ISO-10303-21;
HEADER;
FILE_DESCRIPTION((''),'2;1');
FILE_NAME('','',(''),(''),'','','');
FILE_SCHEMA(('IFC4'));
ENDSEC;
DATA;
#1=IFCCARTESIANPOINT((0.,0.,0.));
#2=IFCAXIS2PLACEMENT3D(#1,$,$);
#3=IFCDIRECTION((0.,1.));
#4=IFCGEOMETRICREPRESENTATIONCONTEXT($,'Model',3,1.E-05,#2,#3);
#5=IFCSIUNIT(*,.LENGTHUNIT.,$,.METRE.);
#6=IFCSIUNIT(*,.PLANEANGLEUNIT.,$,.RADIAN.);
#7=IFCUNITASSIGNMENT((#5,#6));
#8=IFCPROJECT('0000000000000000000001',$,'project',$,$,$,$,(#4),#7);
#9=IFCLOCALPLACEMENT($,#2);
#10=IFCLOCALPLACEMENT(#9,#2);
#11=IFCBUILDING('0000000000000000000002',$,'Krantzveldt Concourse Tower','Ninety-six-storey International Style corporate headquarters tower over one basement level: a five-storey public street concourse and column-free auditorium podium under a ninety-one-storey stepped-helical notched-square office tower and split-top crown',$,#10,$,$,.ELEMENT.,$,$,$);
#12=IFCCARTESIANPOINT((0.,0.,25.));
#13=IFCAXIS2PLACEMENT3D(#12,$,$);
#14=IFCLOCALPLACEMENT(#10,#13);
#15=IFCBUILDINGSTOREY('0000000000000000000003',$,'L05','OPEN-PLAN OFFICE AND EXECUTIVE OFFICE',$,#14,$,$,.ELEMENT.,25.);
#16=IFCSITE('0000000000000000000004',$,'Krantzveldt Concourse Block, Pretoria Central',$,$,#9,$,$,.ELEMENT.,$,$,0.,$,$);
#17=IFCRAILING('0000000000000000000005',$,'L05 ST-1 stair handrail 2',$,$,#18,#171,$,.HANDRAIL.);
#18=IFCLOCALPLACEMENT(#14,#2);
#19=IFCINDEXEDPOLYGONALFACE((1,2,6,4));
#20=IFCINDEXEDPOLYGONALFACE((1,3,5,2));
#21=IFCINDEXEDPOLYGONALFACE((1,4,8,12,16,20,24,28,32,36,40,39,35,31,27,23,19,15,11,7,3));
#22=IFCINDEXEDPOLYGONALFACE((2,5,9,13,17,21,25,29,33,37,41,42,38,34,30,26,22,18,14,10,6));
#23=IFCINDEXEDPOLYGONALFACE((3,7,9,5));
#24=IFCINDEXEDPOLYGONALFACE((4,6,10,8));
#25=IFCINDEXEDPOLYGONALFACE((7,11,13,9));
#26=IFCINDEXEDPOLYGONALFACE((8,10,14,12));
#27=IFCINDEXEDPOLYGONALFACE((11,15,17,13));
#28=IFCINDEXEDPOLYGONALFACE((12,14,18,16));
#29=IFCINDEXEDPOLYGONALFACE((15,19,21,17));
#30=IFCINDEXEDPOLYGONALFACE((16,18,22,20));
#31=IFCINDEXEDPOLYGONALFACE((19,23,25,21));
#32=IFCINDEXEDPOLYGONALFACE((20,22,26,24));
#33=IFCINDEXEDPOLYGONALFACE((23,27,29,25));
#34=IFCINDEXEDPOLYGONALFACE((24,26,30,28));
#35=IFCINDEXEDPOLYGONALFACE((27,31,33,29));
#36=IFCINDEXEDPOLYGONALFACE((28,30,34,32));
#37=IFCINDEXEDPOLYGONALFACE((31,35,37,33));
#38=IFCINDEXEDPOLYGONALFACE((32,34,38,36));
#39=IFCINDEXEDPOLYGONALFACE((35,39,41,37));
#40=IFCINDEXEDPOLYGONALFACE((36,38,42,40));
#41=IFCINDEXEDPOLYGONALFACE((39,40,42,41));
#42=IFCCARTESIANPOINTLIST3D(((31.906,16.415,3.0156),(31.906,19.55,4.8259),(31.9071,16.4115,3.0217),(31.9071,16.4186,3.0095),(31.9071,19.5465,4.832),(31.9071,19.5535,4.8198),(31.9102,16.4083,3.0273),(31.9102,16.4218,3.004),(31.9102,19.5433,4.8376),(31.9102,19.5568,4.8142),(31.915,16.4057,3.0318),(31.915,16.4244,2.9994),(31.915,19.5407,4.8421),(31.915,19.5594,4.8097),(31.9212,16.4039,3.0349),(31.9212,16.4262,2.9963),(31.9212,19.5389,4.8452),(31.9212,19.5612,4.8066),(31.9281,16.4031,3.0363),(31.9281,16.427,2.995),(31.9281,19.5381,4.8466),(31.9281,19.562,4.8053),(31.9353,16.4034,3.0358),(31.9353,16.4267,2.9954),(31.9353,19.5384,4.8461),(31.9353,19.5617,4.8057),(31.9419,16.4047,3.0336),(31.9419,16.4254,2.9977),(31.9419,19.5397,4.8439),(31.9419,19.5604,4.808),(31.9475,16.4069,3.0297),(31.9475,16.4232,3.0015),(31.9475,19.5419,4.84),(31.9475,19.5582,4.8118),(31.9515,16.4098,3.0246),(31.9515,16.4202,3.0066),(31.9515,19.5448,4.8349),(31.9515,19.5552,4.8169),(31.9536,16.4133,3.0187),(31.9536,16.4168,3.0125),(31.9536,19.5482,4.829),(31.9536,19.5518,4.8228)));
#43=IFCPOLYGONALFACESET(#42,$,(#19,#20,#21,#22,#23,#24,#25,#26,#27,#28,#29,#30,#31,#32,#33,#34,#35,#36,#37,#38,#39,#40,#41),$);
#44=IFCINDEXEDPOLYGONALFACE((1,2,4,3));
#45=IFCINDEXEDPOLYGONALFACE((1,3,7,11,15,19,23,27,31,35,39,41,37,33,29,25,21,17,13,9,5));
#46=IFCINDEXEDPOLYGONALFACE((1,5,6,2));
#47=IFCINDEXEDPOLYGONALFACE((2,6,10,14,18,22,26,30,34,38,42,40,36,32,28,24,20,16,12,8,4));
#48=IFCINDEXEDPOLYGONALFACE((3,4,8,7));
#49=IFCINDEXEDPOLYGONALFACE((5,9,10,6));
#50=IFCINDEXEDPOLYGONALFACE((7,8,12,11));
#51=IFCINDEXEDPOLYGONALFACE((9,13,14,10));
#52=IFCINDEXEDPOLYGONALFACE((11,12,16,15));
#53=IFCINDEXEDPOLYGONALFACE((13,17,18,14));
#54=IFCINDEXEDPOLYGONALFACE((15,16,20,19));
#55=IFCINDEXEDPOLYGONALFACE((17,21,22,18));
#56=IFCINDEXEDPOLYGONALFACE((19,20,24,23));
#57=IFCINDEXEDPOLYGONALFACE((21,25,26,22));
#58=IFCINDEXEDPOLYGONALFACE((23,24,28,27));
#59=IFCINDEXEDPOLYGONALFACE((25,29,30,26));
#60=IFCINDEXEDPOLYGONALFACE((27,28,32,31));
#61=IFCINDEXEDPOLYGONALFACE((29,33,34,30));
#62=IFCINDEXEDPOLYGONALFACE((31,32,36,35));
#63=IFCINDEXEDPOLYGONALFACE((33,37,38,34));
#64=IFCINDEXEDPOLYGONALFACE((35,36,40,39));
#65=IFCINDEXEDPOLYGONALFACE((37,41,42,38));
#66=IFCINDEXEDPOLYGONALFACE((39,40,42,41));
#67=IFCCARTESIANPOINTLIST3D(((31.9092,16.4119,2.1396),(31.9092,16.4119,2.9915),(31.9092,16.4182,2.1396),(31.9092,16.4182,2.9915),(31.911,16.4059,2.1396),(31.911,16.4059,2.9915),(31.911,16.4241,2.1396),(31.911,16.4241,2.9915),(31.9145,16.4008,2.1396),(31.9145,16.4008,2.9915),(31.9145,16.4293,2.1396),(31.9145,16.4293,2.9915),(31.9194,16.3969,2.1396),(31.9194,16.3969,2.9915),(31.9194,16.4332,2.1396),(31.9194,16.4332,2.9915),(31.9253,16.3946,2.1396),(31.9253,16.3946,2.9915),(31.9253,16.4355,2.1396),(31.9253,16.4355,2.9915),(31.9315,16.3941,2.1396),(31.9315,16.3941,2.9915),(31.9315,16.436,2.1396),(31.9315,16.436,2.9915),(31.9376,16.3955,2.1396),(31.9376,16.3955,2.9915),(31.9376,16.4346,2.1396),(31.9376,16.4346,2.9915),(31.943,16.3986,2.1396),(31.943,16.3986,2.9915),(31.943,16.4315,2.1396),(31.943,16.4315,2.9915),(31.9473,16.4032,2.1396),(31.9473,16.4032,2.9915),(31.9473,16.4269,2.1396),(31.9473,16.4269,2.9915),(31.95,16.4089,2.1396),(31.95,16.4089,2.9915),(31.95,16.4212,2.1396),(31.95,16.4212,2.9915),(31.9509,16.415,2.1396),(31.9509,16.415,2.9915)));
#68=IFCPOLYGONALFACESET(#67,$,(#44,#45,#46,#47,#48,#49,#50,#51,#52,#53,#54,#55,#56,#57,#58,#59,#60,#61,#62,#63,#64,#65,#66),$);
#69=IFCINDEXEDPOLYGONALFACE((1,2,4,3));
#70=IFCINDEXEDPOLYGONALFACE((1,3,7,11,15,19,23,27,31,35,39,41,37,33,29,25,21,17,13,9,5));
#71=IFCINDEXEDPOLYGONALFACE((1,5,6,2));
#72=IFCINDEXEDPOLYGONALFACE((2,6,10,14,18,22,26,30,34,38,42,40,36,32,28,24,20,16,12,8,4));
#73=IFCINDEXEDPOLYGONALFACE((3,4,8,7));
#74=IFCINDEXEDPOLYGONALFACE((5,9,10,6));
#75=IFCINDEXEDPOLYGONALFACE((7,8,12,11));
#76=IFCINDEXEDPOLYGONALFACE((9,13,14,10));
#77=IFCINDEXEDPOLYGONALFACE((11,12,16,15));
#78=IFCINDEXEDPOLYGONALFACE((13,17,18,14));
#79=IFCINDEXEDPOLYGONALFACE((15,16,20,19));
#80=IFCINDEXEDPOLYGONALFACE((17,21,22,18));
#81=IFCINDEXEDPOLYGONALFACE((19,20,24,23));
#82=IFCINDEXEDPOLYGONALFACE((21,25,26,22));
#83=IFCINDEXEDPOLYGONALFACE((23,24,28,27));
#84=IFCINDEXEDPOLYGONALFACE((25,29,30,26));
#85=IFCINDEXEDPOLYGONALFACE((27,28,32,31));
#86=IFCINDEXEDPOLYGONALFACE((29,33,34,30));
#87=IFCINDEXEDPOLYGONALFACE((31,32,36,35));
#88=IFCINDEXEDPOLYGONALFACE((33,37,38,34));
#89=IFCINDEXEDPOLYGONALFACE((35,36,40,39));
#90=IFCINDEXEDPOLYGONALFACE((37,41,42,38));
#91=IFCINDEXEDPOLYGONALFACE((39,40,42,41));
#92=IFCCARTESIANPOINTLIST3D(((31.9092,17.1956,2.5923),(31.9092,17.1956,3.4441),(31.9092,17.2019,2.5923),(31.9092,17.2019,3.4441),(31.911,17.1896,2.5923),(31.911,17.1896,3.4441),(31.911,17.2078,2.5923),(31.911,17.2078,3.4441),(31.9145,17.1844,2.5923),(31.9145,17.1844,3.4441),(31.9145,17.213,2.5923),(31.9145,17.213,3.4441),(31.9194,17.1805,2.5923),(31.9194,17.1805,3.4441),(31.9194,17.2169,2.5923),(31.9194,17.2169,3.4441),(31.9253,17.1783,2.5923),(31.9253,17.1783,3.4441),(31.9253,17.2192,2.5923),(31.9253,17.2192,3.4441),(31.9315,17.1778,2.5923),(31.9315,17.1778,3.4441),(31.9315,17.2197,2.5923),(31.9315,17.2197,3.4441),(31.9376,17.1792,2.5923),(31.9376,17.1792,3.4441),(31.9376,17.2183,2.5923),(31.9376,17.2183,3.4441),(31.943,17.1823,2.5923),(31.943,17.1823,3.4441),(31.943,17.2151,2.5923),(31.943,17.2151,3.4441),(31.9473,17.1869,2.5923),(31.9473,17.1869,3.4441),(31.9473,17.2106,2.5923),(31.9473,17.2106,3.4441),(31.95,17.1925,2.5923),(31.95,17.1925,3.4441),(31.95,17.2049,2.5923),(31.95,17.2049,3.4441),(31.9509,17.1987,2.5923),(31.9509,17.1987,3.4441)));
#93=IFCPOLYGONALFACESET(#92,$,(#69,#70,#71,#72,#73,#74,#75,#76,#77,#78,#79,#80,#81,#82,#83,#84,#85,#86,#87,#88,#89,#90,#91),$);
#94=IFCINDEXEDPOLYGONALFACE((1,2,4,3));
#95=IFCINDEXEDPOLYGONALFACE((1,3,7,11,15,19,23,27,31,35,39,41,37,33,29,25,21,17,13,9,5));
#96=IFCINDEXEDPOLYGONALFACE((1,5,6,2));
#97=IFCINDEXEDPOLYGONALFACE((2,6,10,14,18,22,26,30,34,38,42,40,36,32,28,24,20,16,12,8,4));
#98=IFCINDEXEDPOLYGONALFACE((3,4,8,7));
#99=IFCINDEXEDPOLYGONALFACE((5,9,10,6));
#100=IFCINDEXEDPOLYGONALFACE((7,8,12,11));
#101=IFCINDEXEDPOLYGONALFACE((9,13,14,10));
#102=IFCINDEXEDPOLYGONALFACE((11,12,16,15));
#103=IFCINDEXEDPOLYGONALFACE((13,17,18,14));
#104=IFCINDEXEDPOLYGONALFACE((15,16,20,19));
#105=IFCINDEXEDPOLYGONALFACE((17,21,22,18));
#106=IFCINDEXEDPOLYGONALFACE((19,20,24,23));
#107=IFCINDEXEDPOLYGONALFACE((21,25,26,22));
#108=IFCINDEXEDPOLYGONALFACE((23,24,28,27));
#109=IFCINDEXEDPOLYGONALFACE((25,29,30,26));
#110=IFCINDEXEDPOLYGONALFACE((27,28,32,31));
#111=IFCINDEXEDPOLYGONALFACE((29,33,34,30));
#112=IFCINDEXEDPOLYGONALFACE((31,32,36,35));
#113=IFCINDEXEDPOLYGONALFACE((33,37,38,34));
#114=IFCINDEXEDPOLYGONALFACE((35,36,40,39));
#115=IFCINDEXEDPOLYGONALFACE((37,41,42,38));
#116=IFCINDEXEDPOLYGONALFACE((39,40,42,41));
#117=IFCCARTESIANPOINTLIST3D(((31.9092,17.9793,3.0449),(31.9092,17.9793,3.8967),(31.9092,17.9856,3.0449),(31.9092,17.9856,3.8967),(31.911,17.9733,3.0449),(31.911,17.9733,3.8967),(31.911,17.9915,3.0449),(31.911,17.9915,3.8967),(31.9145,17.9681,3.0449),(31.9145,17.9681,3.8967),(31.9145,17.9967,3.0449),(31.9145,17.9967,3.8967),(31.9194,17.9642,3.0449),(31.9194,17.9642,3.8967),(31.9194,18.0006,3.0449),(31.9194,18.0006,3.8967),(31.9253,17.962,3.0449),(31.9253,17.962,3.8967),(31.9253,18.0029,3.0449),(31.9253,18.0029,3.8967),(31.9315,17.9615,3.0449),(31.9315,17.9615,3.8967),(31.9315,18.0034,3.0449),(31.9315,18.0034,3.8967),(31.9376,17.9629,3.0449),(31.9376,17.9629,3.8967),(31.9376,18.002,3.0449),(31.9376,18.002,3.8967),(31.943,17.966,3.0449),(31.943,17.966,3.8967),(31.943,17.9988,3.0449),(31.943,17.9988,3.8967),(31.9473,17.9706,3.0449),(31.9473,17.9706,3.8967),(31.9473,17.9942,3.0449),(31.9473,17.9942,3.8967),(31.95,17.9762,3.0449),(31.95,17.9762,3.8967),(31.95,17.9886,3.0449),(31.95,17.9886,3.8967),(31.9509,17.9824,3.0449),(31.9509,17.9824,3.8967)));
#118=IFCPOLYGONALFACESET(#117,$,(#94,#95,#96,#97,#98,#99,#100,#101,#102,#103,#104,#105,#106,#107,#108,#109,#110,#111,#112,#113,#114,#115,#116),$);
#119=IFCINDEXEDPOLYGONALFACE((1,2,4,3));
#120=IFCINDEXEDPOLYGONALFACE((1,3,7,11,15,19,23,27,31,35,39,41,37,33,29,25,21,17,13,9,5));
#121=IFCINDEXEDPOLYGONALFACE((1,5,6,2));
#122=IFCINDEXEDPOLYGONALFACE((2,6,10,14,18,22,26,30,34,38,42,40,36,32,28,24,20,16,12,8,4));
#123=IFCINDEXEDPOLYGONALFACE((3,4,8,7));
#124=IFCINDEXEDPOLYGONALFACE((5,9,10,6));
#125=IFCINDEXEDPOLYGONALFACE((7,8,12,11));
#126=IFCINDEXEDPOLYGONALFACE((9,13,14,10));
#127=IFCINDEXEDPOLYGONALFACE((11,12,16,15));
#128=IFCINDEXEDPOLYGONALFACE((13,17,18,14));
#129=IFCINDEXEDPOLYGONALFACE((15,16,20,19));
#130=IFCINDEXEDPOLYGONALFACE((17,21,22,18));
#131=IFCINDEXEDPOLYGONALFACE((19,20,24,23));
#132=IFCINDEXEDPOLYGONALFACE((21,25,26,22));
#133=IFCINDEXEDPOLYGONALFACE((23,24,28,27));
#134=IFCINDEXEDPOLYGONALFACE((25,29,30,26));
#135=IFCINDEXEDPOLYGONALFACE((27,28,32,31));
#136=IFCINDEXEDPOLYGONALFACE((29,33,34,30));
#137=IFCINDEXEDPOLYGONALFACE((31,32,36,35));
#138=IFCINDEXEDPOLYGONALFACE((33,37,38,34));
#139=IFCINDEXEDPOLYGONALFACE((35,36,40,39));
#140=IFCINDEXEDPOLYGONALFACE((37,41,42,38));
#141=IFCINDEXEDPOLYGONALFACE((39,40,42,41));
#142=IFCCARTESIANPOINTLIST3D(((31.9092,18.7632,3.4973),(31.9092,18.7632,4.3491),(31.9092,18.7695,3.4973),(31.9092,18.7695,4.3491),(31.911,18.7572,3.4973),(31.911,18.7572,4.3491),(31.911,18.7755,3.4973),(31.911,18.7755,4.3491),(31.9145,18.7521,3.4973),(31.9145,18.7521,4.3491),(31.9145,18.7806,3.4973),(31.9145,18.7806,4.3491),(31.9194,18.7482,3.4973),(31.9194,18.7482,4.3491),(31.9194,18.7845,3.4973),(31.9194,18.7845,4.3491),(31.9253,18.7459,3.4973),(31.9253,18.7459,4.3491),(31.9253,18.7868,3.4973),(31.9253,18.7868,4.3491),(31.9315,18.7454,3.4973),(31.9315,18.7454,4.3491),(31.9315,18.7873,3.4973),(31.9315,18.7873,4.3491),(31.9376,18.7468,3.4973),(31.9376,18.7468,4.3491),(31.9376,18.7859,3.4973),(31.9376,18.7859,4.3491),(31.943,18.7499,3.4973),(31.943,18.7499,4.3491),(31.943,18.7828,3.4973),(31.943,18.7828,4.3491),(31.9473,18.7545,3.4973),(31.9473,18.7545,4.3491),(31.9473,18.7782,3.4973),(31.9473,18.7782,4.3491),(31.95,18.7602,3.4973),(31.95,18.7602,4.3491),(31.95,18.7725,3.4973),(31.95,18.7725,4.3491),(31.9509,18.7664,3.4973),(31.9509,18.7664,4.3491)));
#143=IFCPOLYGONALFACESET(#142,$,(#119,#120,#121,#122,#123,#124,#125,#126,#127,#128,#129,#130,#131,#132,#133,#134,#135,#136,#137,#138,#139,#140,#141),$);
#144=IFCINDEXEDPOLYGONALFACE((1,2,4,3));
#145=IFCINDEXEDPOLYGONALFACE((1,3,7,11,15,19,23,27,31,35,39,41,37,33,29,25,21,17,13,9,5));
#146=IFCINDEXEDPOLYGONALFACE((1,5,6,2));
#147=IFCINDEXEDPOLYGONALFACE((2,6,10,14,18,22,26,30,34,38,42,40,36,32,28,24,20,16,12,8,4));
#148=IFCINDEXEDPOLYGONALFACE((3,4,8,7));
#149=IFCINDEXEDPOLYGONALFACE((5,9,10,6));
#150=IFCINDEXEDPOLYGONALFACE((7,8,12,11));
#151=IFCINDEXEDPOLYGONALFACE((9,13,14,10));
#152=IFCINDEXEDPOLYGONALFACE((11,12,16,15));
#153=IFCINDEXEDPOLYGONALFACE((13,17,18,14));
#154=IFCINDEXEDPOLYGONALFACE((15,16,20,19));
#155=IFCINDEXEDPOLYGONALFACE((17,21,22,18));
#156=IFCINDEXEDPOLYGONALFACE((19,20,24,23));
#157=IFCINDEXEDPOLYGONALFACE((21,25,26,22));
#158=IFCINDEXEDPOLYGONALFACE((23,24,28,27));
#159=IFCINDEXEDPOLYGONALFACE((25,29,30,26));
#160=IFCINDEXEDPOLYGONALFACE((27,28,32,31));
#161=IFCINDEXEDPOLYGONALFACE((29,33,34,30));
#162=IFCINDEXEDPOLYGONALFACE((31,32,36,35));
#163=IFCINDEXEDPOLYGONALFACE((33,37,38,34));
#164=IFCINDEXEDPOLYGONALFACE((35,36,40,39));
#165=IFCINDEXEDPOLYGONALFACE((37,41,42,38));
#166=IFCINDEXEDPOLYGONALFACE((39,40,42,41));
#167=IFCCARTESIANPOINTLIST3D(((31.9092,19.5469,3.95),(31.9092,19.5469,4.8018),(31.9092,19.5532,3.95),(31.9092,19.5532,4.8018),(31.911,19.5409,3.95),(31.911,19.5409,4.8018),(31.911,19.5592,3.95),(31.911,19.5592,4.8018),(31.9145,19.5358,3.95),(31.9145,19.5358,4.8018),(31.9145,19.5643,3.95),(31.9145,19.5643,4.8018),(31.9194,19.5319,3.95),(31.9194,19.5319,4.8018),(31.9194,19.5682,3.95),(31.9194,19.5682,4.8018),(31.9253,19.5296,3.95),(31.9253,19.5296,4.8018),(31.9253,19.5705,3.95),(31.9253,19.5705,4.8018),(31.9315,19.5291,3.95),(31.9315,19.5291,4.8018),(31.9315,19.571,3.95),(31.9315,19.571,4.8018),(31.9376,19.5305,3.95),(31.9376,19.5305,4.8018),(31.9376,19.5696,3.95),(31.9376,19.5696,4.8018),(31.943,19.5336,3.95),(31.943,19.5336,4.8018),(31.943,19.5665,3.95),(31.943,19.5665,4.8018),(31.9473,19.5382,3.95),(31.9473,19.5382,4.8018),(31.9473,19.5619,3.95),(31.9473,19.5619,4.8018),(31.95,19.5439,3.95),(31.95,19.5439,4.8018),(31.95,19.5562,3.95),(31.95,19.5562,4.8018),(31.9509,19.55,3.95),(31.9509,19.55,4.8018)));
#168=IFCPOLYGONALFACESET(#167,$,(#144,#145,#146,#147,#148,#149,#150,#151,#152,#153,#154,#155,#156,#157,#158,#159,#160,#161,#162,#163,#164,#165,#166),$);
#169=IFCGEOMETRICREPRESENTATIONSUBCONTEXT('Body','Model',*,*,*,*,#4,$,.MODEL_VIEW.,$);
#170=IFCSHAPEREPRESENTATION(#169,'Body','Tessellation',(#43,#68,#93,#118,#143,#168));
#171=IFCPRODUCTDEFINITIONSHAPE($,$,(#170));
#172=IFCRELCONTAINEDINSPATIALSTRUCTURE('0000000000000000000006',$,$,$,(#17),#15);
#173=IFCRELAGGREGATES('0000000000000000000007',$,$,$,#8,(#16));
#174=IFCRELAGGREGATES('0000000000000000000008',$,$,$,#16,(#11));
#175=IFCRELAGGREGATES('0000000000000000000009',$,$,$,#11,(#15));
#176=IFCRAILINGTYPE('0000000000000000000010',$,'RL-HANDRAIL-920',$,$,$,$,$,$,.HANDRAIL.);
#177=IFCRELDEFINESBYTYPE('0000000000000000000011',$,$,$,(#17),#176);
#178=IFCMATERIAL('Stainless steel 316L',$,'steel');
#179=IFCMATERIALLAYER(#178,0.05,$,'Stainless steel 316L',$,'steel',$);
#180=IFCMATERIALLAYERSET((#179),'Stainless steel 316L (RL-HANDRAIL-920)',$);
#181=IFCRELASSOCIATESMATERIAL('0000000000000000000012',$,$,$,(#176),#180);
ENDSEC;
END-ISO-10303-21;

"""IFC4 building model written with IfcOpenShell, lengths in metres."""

from ifc_helpers import new_model, si_unit, direction, frame, origin, origin_2d, place, context, subcontext, project, spatial, circle, extrude, material, layer, layer_set, type_object, element, save


model = new_model("IFC4")

# Units and contexts
model_context = context("Model", 3, precision=1e-05, world=origin(), true_north=direction((0.0, 1.0)))
body_context = subcontext(model_context, "Body", "Model", "MODEL_VIEW")
ifc_project = project(units=[si_unit("LENGTHUNIT", "METRE"), si_unit("PLANEANGLEUNIT", "RADIAN")], contexts=[model_context])

# Site, building, storey
site_placement = place(None, origin())
site = spatial("IfcSite", under=ifc_project, at=site_placement, Name="Krantzveldt Concourse Block, Pretoria Central", CompositionType="ELEMENT", RefElevation=0.0)
building_placement = place(site_placement, origin())
building = spatial("IfcBuilding", under=site, at=building_placement, Name="Krantzveldt Concourse Tower", Description="Ninety-six-storey International Style corporate headquarters tower over one basement level: a five-storey public street concourse and column-free auditorium podium under a ninety-one-storey stepped-helical notched-square office tower and split-top crown", CompositionType="ELEMENT")
storey_placement = place(building_placement, frame((0.0, 0.0, 25.0)))
storey = spatial("IfcBuildingStorey", under=building, at=storey_placement, Name="L05", Description="OPEN-PLAN OFFICE AND EXECUTIVE OFFICE", CompositionType="ELEMENT", Elevation=25.0)

# Shared definitions
ifc_material_1 = material(Name="Stainless steel 316L", Category="steel")

# Railing
ifc_layer_1 = layer(ifc_material_1, 0.05, Name="Stainless steel 316L", Category="steel")
ifc_layer_set_1 = layer_set([ifc_layer_1], Name="Stainless steel 316L (RL-HANDRAIL-920)")
railing_type_1 = type_object("IfcRailingType", Name="RL-HANDRAIL-920", PredefinedType="HANDRAIL", material=ifc_layer_set_1)
railing_1_placement = place(storey_placement, frame((31.9299, 16.415, 2.1396)))
element("IfcRailing", 1, at=railing_1_placement, inside=storey, type_object=railing_type_1, Name="L05 ST-1 stair handrail 2", PredefinedType="HANDRAIL", context=body_context, shape_type="SweptSolid", body=[
    extrude(circle(Radius=0.0239, at=origin_2d()), frame((0.0, 0.0, 0.876), z_axis=(0.0, 0.865989, 0.500063), x_axis=(-1.0, 0.0, 0.0)), (0.0, 0.0, 1.0), 3.6201),
    extrude(circle(Radius=0.021, at=origin_2d()), origin(), (0.0, 0.0, 1.0), 0.8518),
    extrude(circle(Radius=0.021, at=origin_2d()), frame((0.0, 0.7837, 0.4526)), (0.0, 0.0, 1.0), 0.8518),
    extrude(circle(Radius=0.021, at=origin_2d()), frame((0.0, 1.5674, 0.9053)), (0.0, 0.0, 1.0), 0.8518),
    extrude(circle(Radius=0.021, at=origin_2d()), frame((0.0, 2.3513, 1.3577)), (0.0, 0.0, 1.0), 0.8518),
    extrude(circle(Radius=0.021, at=origin_2d()), frame((0.0, 3.135, 1.8103)), (0.0, 0.0, 1.0), 0.8518),
])

save(model, "model.ifc")
